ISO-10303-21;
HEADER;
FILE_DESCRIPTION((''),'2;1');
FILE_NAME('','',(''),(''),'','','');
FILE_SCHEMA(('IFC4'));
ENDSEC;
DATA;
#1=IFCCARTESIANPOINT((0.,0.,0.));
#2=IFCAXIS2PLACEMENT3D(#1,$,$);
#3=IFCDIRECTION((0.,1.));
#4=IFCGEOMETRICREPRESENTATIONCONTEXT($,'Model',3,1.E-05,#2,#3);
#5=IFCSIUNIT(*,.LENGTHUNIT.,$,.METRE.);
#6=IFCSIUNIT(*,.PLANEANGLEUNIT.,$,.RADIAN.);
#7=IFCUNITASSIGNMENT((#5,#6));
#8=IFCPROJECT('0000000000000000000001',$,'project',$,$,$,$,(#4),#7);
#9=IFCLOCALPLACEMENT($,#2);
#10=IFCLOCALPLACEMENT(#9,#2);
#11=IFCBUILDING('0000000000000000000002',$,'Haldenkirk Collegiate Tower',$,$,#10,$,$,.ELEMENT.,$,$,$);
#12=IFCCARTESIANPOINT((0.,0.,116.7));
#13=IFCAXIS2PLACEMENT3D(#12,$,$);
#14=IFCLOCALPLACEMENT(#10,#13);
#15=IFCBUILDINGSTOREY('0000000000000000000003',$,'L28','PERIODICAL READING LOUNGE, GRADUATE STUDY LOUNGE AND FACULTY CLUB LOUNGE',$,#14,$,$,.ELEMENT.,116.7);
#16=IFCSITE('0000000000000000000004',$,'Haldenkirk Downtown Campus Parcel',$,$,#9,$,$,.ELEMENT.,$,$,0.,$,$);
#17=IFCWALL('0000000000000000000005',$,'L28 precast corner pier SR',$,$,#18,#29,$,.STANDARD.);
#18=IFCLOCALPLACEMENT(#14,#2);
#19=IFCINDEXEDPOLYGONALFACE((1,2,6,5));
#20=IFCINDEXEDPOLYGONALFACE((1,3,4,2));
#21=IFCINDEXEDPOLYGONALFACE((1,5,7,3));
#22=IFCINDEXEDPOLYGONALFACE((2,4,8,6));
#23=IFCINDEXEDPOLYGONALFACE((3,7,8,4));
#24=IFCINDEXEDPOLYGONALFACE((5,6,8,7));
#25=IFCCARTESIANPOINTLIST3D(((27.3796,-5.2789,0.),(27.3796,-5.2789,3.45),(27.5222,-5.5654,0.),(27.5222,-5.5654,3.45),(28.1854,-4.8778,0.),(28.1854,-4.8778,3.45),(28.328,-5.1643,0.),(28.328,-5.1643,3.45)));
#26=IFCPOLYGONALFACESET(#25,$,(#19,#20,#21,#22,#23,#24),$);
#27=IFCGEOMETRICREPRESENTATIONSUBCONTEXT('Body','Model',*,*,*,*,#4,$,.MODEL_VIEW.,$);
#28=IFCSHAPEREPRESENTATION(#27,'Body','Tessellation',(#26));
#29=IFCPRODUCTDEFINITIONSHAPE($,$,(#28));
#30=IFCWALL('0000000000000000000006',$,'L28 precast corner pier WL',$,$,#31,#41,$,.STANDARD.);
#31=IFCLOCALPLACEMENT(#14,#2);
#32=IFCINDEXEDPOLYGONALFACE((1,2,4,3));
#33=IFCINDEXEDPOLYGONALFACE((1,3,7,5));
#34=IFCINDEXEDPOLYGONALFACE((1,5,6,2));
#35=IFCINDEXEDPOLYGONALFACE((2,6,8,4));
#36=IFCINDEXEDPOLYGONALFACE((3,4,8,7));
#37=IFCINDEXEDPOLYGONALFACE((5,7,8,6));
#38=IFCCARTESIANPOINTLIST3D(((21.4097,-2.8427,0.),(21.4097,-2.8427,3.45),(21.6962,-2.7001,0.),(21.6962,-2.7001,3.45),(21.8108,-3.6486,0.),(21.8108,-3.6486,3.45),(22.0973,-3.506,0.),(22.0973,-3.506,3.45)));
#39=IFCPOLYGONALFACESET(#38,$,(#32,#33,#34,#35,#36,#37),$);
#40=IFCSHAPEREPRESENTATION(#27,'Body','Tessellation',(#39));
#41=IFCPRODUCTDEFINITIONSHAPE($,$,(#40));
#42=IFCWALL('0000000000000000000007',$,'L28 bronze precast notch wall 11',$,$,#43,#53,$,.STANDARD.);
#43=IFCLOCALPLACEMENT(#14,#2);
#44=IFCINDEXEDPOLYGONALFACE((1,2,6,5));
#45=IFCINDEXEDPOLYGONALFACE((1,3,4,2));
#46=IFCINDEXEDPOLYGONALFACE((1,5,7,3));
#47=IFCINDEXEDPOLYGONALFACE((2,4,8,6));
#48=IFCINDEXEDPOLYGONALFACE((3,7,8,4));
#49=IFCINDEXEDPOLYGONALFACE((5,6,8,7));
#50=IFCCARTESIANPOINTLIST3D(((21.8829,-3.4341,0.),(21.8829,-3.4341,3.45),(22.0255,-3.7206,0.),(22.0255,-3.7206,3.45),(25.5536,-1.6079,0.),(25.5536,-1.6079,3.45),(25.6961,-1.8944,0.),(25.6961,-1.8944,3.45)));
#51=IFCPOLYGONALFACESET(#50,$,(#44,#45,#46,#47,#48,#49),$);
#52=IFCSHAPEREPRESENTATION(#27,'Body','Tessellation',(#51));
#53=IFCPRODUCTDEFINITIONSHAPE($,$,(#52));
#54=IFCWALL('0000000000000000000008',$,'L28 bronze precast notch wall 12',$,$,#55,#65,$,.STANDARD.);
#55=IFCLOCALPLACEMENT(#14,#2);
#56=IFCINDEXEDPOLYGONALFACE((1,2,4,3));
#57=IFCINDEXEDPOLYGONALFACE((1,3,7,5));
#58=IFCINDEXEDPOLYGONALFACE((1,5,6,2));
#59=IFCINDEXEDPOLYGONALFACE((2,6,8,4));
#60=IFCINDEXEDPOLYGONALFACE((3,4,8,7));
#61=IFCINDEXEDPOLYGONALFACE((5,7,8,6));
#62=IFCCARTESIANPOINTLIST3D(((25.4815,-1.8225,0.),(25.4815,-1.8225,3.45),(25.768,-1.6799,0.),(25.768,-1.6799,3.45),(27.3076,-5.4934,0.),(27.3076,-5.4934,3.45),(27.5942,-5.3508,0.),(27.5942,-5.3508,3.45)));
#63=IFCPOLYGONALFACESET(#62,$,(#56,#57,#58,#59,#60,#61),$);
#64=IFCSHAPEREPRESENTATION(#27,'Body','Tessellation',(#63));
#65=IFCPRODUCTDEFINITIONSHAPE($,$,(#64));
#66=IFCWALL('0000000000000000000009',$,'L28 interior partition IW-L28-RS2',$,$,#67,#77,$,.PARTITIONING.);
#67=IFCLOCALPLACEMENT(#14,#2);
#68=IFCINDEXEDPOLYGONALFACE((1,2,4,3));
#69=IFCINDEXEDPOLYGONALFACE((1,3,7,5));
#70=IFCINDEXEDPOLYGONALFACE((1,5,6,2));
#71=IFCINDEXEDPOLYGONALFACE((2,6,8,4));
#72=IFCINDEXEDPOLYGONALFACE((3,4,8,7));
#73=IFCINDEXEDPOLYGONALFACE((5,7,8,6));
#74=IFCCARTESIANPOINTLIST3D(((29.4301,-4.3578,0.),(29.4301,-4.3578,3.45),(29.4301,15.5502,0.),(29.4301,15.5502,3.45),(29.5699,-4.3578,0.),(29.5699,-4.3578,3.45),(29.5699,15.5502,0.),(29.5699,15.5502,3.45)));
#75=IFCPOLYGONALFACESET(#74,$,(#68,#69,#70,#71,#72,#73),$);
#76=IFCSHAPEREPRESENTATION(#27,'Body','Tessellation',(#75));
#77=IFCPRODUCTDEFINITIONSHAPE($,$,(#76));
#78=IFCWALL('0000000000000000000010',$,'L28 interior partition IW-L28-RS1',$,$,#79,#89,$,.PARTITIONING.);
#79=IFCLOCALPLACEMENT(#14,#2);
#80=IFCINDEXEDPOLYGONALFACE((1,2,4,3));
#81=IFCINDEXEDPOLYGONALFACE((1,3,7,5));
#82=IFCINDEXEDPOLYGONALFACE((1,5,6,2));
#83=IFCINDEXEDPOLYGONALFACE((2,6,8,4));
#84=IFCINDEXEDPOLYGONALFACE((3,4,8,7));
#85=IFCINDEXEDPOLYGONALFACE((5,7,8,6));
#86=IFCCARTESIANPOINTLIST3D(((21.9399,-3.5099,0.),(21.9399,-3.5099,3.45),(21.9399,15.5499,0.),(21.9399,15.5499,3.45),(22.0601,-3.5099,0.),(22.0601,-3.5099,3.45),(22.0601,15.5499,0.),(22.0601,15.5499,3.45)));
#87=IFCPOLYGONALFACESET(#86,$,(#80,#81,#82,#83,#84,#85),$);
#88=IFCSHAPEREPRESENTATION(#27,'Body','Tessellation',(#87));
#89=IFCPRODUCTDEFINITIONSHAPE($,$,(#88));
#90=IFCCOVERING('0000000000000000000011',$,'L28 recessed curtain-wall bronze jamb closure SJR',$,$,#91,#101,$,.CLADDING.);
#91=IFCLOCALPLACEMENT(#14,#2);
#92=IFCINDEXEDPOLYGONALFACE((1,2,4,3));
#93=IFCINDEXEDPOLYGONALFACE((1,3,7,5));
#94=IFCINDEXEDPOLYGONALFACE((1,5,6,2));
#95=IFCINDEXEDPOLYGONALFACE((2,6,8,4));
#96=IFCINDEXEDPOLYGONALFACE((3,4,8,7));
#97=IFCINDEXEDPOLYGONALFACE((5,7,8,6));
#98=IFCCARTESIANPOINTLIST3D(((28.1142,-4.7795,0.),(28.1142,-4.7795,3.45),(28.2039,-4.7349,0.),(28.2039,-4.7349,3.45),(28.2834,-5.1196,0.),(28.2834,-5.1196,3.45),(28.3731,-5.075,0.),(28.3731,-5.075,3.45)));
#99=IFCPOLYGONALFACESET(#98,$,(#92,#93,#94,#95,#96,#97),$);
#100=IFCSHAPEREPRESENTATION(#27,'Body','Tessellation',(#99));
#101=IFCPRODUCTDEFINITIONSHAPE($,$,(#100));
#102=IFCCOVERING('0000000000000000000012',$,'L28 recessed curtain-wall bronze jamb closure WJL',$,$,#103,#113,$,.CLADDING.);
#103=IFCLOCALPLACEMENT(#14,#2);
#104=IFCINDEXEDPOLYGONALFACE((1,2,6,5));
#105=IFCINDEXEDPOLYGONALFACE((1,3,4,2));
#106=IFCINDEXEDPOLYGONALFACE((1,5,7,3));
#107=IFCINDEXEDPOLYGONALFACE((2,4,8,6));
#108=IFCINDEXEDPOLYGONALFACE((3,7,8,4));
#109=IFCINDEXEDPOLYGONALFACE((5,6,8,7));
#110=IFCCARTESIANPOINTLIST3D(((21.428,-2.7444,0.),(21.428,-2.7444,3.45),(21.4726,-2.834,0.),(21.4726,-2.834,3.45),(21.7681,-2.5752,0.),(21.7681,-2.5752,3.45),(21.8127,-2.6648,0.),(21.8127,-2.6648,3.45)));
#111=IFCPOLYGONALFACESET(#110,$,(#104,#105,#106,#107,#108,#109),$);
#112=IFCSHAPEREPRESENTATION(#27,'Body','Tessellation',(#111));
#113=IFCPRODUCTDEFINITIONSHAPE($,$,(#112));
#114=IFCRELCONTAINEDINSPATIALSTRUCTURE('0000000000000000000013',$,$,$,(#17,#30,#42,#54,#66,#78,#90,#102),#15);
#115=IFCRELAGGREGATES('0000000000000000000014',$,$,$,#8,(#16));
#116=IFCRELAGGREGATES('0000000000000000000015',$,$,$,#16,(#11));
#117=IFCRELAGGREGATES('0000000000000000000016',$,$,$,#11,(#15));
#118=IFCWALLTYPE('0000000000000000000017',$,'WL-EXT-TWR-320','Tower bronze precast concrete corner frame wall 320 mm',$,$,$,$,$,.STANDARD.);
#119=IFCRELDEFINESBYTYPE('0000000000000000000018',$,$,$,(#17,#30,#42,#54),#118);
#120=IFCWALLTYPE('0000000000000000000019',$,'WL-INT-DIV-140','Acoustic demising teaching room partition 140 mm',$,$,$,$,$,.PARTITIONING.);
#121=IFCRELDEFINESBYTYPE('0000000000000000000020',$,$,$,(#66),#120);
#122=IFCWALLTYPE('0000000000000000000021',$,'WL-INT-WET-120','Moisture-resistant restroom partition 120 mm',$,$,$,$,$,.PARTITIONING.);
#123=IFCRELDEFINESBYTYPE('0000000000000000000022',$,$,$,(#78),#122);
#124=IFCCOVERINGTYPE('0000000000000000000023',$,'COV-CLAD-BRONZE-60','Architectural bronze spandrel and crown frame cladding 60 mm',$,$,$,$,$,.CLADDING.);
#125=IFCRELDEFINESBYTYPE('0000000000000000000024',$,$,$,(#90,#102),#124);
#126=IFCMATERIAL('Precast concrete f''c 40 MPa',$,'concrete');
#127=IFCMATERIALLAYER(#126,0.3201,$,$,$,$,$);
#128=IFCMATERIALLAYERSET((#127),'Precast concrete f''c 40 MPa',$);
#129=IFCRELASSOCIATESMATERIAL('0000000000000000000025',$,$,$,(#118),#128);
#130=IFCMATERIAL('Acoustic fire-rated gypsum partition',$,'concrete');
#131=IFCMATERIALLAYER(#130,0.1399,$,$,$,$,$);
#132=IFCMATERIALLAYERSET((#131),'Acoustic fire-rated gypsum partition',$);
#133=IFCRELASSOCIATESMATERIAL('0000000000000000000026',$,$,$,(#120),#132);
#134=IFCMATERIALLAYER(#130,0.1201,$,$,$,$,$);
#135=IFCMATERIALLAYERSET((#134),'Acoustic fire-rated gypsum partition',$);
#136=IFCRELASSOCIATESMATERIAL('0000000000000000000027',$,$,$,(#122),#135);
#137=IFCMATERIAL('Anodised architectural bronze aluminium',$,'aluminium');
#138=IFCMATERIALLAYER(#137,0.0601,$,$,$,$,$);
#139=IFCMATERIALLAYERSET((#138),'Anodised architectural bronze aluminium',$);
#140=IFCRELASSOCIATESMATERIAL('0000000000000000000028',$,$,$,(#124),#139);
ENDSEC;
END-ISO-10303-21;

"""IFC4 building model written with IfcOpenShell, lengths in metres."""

from ifc_helpers import new_model, si_unit, direction, frame, frame_2d, origin, origin_2d, place, context, subcontext, project, spatial, rectangle, extrude, source, transform, mapped, material, layer, layer_set, type_object, element, save


model = new_model("IFC4")

# Units and contexts
model_context = context("Model", 3, precision=1e-05, world=origin(), true_north=direction((0.0, 1.0)))
body_context = subcontext(model_context, "Body", "Model", "MODEL_VIEW")
ifc_project = project(units=[si_unit("LENGTHUNIT", "METRE"), si_unit("PLANEANGLEUNIT", "RADIAN")], contexts=[model_context])

# Site, building, storey
site_placement = place(None, origin())
site = spatial("IfcSite", under=ifc_project, at=site_placement, Name="Haldenkirk Downtown Campus Parcel", CompositionType="ELEMENT", RefElevation=0.0)
building_placement = place(site_placement, origin())
building = spatial("IfcBuilding", under=site, at=building_placement, Name="Haldenkirk Collegiate Tower", CompositionType="ELEMENT")
storey_placement = place(building_placement, frame((0.0, 0.0, 116.7)))
storey = spatial("IfcBuildingStorey", under=building, at=storey_placement, Name="L28", Description="PERIODICAL READING LOUNGE, GRADUATE STUDY LOUNGE AND FACULTY CLUB LOUNGE", CompositionType="ELEMENT", Elevation=116.7)

# Shared definitions
ifc_material_1 = material(Name="Anodised architectural bronze aluminium", Category="aluminium")

# Walls
ifc_material_2 = material(Name="Precast concrete f'c 40 MPa", Category="concrete")
ifc_layer_1 = layer(ifc_material_2, 0.3201)
ifc_layer_set_1 = layer_set([ifc_layer_1], Name="Precast concrete f'c 40 MPa")
wall_type_1 = type_object("IfcWallType", Name="WL-EXT-TWR-320", Description="Tower bronze precast concrete corner frame wall 320 mm", PredefinedType="STANDARD", material=ifc_layer_set_1)
for number, where, z_axis, x_axis, name in (
    (1, (28.2568, -5.021, 0.0), (0.0, 0.0, 1.0), (-0.895239, -0.445586, 0.0), "L28 precast corner pier SR"),
    (2, (21.9541, -3.5774, 0.0), (0.0, 0.0, 1.0), (-0.445586, 0.895239, 0.0), "L28 precast corner pier WL"),
):
    element("IfcWall", number, at=place(storey_placement, frame(where, z_axis=z_axis, x_axis=x_axis)), inside=storey, type_object=wall_type_1, Name=name, PredefinedType="STANDARD", context=body_context, shape_type="SweptSolid", body=[
        extrude(rectangle(XDim=0.9001, YDim=0.3201, at=frame_2d((0.4502, 0.0))), origin(), (0.0, 0.0, 1.0), 3.45),
    ])
wall_1_placement = place(storey_placement, frame((25.6248, -1.7512, 0.0), z_axis=(0.0, 0.0, 1.0), x_axis=(-0.895319, -0.445426, 0.0)))
element("IfcWall", 3, at=wall_1_placement, inside=storey, type_object=wall_type_1, Name="L28 bronze precast notch wall 11", PredefinedType="STANDARD", context=body_context, shape_type="SweptSolid", body=[
    extrude(rectangle(XDim=4.0999, YDim=0.3201, at=frame_2d((2.0498, 0.0))), origin(), (0.0, 0.0, 1.0), 3.45),
])
wall_2_placement = place(storey_placement, frame((27.4509, -5.4221, 0.0), z_axis=(0.0, 0.0, 1.0), x_axis=(-0.445402, 0.89533, 0.0)))
element("IfcWall", 4, at=wall_2_placement, inside=storey, type_object=wall_type_1, Name="L28 bronze precast notch wall 12", PredefinedType="STANDARD", context=body_context, shape_type="SweptSolid", body=[
    extrude(rectangle(XDim=4.1001, YDim=0.3201, at=frame_2d((2.05, 0.0))), origin(), (0.0, 0.0, 1.0), 3.45),
])
ifc_material_3 = material(Name="Acoustic fire-rated gypsum partition", Category="concrete")
ifc_layer_2 = layer(ifc_material_3, 0.1399)
ifc_layer_set_2 = layer_set([ifc_layer_2], Name="Acoustic fire-rated gypsum partition")
wall_type_2 = type_object("IfcWallType", Name="WL-INT-DIV-140", Description="Acoustic demising teaching room partition 140 mm", PredefinedType="PARTITIONING", material=ifc_layer_set_2)
wall_3_placement = place(storey_placement, frame((29.5, -4.3579, 0.0), z_axis=(0.0, 0.0, 1.0), x_axis=(0.0, 1.0, 0.0)))
element("IfcWall", 5, at=wall_3_placement, inside=storey, type_object=wall_type_2, Name="L28 interior partition IW-L28-RS2", PredefinedType="PARTITIONING", context=body_context, shape_type="SweptSolid", body=[
    extrude(rectangle(XDim=19.908, YDim=0.1399, at=frame_2d((9.9541, 0.0))), origin(), (0.0, 0.0, 1.0), 3.45),
])
ifc_layer_3 = layer(ifc_material_3, 0.1201)
ifc_layer_set_3 = layer_set([ifc_layer_3], Name="Acoustic fire-rated gypsum partition")
wall_type_3 = type_object("IfcWallType", Name="WL-INT-WET-120", Description="Moisture-resistant restroom partition 120 mm", PredefinedType="PARTITIONING", material=ifc_layer_set_3)
wall_4_placement = place(storey_placement, frame((22.0, -3.5098, 0.0), z_axis=(0.0, 0.0, 1.0), x_axis=(0.0, 1.0, 0.0)))
element("IfcWall", 6, at=wall_4_placement, inside=storey, type_object=wall_type_3, Name="L28 interior partition IW-L28-RS1", PredefinedType="PARTITIONING", context=body_context, shape_type="SweptSolid", body=[
    extrude(rectangle(XDim=19.0598, YDim=0.1201, at=frame_2d((9.5298, 0.0))), origin(), (0.0, 0.0, 1.0), 3.45),
])

# Coverings
ifc_layer_4 = layer(ifc_material_1, 0.0601)
ifc_layer_set_4 = layer_set([ifc_layer_4], Name="Anodised architectural bronze aluminium")
covering_type = type_object("IfcCoveringType", Name="COV-CLAD-BRONZE-60", Description="Architectural bronze spandrel and crown frame cladding 60 mm", PredefinedType="CLADDING", material=ifc_layer_set_4)
shared_shape_1 = source(origin(), body_context, "Body", "SweptSolid", [
    extrude(rectangle(XDim=0.1001, YDim=0.3799, at=origin_2d()), origin(), (0.0, 0.0, 1.0), 3.45),
])
for number, where, z_axis, x_axis, name in (
    (7, (28.2437, -4.9272, 0.0), (0.0, 0.0, 1.0), (-0.895323, -0.445417, 0.0), "L28 recessed curtain-wall bronze jamb closure SJR"),
    (8, (21.6204, -2.7046, 0.0), (0.0, 0.0, 1.0), (-0.445417, 0.895323, 0.0), "L28 recessed curtain-wall bronze jamb closure WJL"),
):
    element("IfcCovering", number, at=place(storey_placement, frame(where, z_axis=z_axis, x_axis=x_axis)), inside=storey, type_object=covering_type, Name=name, PredefinedType="CLADDING", context=body_context, shape_type="MappedRepresentation", body=[
        mapped(shared_shape_1, transform((0.0, 0.0, 0.0), x_axis=(1.0, 0.0, 0.0), y_axis=(0.0, 1.0, 0.0), z_axis=(0.0, 0.0, 1.0), scale=1.0)),
    ])

save(model, "model.ifc")
